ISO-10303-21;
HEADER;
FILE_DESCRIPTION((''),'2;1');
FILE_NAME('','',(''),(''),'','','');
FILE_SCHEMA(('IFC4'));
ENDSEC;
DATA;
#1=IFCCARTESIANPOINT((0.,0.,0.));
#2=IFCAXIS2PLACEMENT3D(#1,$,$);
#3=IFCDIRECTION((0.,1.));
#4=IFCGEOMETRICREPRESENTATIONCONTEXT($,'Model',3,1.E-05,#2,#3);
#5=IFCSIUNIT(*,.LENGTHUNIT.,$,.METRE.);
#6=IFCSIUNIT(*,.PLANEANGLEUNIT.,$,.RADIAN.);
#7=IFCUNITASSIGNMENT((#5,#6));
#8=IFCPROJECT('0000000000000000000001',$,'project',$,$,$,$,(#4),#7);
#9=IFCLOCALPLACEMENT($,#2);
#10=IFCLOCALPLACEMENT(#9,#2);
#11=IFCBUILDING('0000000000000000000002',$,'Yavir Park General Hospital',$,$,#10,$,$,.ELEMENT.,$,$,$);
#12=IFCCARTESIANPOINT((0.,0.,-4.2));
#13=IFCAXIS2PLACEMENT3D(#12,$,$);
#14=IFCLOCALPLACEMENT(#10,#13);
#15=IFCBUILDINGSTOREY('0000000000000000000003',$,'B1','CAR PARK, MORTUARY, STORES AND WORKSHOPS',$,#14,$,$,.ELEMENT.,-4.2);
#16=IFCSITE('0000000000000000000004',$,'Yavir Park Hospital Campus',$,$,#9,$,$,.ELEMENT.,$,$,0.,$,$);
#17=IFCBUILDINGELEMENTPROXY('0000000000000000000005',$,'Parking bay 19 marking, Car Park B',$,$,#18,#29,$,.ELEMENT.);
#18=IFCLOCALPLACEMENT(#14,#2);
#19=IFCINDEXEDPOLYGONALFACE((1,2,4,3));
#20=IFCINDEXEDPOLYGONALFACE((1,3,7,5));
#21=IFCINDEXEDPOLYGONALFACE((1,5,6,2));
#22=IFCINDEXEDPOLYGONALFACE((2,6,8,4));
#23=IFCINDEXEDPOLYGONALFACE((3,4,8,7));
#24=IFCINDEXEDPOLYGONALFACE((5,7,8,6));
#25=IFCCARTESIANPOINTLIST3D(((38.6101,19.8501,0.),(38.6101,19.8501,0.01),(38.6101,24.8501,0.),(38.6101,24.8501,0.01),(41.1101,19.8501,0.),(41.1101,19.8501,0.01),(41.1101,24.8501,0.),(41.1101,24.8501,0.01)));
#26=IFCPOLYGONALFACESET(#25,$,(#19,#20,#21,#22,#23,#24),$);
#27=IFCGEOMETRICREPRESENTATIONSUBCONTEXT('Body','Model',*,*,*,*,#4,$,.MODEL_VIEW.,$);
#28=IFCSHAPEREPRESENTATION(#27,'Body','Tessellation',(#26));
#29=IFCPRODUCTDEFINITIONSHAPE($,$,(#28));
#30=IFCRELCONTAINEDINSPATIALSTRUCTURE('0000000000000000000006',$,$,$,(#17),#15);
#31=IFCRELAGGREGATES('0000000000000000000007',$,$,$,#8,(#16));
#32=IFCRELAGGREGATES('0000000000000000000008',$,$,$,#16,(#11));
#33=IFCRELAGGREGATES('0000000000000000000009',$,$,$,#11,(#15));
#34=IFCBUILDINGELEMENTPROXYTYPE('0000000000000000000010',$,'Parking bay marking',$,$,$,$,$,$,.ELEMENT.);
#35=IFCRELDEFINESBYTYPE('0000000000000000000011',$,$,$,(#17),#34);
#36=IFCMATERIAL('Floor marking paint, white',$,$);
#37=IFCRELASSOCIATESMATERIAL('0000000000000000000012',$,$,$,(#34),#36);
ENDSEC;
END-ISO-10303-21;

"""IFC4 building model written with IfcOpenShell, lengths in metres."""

from ifc_helpers import new_model, si_unit, direction, frame, origin, place, context, subcontext, project, spatial, polyline, outline, extrude, material, type_object, element, save


model = new_model("IFC4")

# Units and contexts
model_context = context("Model", 3, precision=1e-05, world=origin(), true_north=direction((0.0, 1.0)))
body_context = subcontext(model_context, "Body", "Model", "MODEL_VIEW")
ifc_project = project(units=[si_unit("LENGTHUNIT", "METRE"), si_unit("PLANEANGLEUNIT", "RADIAN")], contexts=[model_context])

# Site, building, storey
site_placement = place(None, origin())
site = spatial("IfcSite", under=ifc_project, at=site_placement, Name="Yavir Park Hospital Campus", CompositionType="ELEMENT", RefElevation=0.0)
building_placement = place(site_placement, origin())
building = spatial("IfcBuilding", under=site, at=building_placement, Name="Yavir Park General Hospital", CompositionType="ELEMENT")
storey_placement = place(building_placement, frame((0.0, 0.0, -4.2)))
storey = spatial("IfcBuildingStorey", under=building, at=storey_placement, Name="B1", Description="CAR PARK, MORTUARY, STORES AND WORKSHOPS", CompositionType="ELEMENT", Elevation=-4.2)

# Building element proxy
ifc_material_1 = material(Name="Floor marking paint, white")
building_element_proxy_type_1 = type_object("IfcBuildingElementProxyType", Name="Parking bay marking", PredefinedType="ELEMENT", material=ifc_material_1)
proxy_1_placement = place(storey_placement, origin())
element("IfcBuildingElementProxy", 1, at=proxy_1_placement, inside=storey, type_object=building_element_proxy_type_1, Name="Parking bay 19 marking, Car Park B", PredefinedType="ELEMENT", context=body_context, shape_type="SweptSolid", body=[
    extrude(outline(polyline([(38.6101, 19.8501), (41.1101, 19.8501), (41.1101, 24.8501), (38.6101, 24.8501), (38.6101, 19.8501)])), origin(), (0.0, 0.0, 1.0), 0.01),
])

save(model, "model.ifc")
